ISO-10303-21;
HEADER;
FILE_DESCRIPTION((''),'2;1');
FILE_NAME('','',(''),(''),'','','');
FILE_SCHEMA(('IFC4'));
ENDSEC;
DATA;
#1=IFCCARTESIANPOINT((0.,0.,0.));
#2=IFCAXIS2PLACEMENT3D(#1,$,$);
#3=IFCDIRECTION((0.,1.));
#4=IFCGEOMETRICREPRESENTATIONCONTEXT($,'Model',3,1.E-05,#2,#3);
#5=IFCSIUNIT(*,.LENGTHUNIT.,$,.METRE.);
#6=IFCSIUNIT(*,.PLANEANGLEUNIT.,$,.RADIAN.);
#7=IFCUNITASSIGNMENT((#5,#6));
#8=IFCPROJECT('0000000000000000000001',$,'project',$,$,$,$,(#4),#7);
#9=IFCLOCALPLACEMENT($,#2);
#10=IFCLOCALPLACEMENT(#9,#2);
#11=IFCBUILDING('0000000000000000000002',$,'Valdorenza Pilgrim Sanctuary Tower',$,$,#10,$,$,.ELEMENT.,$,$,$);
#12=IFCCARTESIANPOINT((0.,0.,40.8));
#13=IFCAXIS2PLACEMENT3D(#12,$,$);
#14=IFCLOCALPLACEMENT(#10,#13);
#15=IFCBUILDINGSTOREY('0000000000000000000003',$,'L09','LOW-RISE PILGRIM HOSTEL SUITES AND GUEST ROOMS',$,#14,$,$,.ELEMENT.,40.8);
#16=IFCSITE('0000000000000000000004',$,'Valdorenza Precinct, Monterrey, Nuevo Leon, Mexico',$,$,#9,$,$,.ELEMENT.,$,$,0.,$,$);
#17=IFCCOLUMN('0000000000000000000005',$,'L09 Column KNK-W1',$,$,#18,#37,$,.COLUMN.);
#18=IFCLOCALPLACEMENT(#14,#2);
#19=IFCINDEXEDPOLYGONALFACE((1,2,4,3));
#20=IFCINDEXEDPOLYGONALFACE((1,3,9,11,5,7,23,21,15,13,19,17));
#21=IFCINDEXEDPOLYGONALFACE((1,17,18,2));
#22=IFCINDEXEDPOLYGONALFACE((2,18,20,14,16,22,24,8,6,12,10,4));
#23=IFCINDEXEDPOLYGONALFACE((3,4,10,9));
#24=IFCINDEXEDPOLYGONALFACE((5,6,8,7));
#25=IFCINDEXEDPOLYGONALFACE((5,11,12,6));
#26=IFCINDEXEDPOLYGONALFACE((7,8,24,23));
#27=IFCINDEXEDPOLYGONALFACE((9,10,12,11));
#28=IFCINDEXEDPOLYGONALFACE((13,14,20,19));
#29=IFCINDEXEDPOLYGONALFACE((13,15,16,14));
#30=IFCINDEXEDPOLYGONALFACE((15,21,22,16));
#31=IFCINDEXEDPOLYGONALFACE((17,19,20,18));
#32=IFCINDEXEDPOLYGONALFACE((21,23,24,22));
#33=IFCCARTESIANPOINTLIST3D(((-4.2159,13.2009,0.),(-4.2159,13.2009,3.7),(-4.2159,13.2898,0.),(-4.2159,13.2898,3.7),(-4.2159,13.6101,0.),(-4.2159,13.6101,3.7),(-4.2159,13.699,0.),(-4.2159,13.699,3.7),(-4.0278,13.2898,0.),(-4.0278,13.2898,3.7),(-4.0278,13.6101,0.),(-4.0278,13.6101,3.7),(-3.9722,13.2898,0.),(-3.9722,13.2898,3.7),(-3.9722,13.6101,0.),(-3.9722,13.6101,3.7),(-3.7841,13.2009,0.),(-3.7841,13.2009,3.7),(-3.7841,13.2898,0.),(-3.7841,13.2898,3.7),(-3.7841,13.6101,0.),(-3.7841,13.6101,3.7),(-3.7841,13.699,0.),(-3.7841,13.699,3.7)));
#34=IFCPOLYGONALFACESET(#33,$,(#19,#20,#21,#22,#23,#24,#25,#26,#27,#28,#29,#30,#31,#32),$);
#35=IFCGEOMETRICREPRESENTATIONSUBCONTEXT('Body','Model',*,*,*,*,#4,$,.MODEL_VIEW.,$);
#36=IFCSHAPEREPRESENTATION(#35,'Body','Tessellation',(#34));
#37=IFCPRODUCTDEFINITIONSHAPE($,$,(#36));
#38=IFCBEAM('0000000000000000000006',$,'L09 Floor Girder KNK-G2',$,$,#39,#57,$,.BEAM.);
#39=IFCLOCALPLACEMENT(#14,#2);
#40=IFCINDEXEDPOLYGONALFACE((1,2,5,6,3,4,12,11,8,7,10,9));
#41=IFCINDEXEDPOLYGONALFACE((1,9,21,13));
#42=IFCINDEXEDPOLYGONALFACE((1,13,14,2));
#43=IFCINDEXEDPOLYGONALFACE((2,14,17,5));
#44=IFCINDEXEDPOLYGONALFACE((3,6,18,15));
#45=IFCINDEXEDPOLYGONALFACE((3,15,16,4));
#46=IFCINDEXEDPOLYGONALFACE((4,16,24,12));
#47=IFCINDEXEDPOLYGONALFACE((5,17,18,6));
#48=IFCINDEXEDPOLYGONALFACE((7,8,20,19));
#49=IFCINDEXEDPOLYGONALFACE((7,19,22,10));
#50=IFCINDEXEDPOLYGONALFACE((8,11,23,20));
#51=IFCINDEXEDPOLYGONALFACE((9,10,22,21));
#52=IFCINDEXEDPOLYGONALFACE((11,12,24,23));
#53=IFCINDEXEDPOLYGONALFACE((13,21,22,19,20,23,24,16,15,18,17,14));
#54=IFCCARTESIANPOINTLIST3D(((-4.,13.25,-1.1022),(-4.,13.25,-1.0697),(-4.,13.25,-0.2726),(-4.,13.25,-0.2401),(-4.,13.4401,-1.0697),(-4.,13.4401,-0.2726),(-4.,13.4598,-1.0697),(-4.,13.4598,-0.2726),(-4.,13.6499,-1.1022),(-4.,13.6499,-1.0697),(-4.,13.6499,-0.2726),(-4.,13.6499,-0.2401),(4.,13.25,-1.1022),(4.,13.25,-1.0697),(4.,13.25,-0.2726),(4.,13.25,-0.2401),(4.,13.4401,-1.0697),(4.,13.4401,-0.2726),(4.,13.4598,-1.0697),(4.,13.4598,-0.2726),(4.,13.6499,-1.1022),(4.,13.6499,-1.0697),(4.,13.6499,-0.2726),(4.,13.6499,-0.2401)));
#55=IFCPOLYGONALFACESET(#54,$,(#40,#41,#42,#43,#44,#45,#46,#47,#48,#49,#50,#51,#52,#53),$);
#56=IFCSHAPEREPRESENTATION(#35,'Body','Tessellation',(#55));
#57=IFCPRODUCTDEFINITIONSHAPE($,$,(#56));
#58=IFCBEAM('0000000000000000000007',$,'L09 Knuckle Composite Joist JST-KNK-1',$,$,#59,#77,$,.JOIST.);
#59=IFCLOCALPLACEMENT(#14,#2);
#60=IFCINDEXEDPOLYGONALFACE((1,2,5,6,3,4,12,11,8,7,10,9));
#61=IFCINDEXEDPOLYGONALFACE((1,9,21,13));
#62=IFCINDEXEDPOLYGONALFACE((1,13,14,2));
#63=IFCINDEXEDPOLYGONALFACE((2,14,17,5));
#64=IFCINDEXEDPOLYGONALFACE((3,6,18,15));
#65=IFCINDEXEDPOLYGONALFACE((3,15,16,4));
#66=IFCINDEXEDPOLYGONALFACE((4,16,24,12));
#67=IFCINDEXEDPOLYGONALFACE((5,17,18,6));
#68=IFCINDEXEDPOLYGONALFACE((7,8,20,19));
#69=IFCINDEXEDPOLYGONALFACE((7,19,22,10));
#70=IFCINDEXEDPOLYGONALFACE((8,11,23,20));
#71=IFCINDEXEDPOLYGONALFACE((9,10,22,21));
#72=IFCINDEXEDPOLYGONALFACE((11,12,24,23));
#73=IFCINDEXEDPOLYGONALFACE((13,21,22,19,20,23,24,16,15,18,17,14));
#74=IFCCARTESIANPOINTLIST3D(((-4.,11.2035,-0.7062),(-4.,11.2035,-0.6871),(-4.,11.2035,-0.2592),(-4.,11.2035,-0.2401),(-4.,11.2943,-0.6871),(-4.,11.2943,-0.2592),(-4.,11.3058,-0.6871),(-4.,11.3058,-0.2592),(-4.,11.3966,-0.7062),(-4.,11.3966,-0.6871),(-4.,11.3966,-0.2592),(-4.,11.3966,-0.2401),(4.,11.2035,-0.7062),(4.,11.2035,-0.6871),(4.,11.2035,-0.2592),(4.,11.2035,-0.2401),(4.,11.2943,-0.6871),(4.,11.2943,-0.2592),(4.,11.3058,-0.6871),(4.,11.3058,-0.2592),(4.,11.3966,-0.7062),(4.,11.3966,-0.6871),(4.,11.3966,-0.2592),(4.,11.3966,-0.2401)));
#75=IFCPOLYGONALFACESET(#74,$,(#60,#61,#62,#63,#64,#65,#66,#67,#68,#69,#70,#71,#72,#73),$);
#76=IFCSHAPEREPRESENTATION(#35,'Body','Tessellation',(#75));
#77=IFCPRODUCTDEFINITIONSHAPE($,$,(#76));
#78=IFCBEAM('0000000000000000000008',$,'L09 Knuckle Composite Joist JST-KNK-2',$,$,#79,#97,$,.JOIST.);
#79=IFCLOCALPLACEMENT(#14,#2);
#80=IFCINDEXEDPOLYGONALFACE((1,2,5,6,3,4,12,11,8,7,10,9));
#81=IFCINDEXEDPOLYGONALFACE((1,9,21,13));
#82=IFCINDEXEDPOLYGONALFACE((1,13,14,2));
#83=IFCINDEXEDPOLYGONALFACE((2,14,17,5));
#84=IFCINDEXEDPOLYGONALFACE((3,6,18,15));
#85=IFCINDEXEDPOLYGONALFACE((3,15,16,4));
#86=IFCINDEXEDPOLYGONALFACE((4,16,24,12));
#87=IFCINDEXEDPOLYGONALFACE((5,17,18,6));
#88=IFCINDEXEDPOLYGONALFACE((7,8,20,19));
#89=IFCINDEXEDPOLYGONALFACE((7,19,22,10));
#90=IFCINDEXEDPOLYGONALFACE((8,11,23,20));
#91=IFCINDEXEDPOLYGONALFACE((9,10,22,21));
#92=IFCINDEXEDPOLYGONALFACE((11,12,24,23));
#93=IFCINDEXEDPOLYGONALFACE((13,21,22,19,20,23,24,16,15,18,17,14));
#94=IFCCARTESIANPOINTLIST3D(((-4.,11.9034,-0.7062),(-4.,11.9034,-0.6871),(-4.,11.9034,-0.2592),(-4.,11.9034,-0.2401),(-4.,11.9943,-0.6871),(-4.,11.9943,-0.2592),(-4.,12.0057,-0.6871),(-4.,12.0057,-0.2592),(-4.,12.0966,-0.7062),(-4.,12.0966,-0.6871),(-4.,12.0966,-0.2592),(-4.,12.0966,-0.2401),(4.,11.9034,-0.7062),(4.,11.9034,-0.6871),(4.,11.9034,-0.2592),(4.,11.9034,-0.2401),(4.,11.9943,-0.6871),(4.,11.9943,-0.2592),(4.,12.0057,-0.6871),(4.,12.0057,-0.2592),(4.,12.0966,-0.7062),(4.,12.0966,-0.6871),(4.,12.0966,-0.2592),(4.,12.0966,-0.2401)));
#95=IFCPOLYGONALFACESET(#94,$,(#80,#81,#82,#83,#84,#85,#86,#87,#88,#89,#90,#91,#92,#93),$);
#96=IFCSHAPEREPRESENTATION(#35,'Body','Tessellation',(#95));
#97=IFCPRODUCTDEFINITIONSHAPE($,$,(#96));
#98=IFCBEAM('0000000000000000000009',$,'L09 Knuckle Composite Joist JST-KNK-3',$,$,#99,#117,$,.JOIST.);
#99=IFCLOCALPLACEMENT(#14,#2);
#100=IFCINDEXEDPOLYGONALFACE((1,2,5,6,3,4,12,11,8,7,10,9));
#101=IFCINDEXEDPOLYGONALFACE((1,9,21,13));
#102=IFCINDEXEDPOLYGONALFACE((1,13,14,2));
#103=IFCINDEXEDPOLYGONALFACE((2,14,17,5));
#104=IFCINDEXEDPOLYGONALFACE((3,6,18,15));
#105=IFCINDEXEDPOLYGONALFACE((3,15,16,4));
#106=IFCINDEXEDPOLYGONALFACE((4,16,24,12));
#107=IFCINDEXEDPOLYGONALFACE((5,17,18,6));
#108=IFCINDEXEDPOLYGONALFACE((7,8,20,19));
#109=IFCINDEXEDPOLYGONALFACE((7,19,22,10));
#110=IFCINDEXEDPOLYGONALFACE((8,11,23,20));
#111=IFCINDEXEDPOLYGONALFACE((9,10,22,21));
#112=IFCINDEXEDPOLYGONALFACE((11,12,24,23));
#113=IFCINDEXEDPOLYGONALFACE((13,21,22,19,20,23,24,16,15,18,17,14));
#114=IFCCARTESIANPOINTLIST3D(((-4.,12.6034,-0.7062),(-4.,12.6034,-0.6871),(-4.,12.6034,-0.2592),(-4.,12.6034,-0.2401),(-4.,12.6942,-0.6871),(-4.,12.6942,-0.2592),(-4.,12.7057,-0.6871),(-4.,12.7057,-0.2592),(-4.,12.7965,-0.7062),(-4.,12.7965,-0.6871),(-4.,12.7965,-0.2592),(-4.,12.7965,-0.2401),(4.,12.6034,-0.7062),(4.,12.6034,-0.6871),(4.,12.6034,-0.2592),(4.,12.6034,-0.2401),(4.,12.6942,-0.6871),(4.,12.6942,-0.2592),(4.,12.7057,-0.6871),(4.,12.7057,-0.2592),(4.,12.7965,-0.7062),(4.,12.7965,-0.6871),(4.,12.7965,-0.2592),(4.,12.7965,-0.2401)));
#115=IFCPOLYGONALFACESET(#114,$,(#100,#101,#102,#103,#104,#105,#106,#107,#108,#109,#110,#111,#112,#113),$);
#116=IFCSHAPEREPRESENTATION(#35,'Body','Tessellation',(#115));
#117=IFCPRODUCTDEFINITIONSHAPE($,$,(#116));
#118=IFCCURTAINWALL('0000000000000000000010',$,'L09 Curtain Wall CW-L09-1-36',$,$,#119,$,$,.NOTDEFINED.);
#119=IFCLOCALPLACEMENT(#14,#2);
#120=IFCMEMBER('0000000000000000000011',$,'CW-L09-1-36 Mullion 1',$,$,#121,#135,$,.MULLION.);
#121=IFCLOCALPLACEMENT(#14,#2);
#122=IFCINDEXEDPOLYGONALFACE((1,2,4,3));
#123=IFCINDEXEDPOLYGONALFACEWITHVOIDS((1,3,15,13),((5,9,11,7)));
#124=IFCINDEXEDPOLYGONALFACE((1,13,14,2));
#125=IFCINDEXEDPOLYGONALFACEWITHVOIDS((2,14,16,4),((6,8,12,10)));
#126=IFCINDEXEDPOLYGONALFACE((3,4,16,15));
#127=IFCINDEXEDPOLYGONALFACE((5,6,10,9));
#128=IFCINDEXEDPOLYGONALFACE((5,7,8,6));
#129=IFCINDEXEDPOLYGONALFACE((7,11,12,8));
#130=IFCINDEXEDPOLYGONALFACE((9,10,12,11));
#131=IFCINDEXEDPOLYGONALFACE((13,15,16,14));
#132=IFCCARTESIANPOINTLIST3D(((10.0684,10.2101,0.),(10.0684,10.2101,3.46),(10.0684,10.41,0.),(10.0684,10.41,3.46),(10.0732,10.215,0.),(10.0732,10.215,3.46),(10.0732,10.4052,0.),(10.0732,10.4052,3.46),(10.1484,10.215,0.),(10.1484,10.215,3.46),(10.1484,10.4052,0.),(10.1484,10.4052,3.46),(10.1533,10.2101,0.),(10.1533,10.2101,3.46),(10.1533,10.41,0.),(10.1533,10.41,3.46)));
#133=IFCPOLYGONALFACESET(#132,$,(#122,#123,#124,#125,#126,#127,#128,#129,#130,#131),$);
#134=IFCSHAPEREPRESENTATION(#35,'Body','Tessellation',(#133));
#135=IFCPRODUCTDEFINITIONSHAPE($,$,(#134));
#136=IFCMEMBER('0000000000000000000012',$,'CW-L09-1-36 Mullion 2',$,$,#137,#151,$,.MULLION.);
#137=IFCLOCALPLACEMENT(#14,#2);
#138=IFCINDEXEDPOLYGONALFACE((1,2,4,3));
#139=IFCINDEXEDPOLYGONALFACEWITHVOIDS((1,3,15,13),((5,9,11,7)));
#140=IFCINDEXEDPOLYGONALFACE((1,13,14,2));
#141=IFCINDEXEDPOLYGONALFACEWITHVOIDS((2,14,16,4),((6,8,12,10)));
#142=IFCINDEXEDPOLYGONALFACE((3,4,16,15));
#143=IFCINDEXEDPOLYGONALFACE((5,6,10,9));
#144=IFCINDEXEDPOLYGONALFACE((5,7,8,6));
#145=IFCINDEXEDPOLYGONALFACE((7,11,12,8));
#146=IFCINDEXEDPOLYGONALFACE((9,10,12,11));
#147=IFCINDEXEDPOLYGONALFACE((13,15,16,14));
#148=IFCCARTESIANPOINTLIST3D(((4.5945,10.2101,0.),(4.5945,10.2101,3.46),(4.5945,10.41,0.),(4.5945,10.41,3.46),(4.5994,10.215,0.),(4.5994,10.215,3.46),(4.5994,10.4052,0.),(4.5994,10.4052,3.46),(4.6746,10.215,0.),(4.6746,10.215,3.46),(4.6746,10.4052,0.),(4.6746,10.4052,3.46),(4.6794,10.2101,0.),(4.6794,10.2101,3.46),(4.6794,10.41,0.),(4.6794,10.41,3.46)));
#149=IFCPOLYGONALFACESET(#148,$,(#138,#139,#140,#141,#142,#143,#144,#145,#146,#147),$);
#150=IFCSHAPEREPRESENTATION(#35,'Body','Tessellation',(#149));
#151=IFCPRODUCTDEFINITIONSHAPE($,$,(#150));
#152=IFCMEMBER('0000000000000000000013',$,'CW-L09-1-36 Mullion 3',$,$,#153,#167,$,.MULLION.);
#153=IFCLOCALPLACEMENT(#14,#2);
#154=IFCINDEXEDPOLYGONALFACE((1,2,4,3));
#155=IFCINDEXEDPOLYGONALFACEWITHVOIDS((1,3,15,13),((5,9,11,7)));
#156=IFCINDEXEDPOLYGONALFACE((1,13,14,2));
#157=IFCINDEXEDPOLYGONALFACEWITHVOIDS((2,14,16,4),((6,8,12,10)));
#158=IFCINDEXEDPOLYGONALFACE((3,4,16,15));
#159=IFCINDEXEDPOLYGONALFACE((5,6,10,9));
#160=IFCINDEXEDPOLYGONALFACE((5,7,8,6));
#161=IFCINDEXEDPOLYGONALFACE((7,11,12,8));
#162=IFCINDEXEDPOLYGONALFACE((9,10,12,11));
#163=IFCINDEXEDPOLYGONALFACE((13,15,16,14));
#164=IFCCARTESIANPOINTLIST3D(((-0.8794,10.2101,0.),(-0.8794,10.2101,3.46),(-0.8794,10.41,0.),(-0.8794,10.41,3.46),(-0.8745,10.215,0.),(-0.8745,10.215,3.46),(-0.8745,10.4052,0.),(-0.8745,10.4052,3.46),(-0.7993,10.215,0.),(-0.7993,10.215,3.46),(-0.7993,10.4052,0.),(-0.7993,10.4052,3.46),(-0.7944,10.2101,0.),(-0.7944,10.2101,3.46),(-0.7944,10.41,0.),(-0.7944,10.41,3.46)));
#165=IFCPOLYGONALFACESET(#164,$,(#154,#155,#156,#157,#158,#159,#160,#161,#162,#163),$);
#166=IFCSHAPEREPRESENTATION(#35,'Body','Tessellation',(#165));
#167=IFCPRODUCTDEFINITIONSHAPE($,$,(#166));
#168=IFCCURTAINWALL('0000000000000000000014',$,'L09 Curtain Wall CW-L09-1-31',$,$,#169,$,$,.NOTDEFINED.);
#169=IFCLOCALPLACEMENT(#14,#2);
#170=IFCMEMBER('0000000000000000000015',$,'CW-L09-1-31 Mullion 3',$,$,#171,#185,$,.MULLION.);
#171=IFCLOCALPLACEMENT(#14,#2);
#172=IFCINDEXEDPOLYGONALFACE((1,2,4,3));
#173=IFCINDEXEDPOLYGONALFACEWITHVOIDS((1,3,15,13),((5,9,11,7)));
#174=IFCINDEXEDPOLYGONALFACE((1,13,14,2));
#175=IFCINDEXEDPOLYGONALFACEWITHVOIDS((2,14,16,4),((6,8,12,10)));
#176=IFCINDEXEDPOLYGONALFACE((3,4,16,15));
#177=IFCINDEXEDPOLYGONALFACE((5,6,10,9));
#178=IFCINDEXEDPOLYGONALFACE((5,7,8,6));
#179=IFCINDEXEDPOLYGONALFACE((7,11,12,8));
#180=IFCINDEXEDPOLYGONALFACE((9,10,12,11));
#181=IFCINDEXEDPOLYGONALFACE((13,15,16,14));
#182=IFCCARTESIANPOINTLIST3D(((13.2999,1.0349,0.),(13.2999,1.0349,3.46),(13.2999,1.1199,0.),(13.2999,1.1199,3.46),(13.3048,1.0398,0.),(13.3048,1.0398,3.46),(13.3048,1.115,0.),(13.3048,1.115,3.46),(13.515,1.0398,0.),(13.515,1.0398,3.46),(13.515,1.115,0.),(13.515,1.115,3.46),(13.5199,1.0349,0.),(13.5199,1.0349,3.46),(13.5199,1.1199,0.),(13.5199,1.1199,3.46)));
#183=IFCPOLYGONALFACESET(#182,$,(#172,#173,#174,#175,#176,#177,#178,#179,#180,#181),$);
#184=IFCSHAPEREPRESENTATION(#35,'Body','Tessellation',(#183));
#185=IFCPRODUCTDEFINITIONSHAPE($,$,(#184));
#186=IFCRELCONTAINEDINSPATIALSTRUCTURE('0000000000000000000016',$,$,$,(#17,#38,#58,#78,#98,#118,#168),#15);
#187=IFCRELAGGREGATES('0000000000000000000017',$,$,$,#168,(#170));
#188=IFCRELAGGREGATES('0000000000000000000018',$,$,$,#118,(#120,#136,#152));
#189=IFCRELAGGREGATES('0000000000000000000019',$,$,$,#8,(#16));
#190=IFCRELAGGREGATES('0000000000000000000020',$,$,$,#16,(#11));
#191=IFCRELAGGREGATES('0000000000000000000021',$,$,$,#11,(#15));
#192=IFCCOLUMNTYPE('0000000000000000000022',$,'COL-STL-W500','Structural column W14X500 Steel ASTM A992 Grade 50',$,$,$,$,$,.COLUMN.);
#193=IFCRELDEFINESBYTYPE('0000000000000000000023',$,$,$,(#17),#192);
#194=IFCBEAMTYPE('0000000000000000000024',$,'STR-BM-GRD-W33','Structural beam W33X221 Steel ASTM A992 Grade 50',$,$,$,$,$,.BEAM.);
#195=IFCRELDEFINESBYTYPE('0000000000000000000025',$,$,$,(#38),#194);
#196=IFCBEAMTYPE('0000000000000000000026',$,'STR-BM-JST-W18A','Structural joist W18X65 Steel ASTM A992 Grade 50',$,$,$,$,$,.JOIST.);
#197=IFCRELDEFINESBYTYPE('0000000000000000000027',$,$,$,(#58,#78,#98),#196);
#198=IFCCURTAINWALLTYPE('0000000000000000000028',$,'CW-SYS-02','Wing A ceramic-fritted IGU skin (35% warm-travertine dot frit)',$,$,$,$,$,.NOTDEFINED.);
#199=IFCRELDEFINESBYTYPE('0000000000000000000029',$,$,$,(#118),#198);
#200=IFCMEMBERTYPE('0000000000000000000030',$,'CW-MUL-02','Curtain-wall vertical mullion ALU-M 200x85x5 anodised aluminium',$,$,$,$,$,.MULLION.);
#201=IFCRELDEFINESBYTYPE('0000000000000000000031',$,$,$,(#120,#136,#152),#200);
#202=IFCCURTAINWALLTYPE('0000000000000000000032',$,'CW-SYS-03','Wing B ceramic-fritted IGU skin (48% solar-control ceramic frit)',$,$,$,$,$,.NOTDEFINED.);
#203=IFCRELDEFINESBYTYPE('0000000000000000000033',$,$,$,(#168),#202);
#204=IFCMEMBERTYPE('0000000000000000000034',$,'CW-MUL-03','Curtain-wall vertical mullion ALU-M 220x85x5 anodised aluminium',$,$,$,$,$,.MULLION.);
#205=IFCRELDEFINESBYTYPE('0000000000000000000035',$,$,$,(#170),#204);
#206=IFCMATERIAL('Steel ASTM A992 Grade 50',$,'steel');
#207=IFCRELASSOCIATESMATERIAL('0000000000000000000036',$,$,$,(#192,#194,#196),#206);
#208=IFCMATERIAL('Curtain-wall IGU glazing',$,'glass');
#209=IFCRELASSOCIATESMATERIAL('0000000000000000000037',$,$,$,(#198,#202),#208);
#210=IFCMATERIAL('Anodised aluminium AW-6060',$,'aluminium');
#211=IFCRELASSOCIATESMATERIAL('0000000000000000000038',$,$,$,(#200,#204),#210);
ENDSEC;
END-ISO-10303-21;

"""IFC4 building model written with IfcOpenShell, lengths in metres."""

from ifc_helpers import new_model, si_unit, direction, frame, origin, origin_2d, place, context, subcontext, project, spatial, hollow_rectangle, i_section, extrude, source, transform, mapped, material, material_profile, profile_set, type_object, element, aggregate, save


model = new_model("IFC4")

# Units and contexts
model_context = context("Model", 3, precision=1e-05, world=origin(), true_north=direction((0.0, 1.0)))
body_context = subcontext(model_context, "Body", "Model", "MODEL_VIEW")
ifc_project = project(units=[si_unit("LENGTHUNIT", "METRE"), si_unit("PLANEANGLEUNIT", "RADIAN")], contexts=[model_context])

# Site, building, storey
site_placement = place(None, origin())
site = spatial("IfcSite", under=ifc_project, at=site_placement, Name="Valdorenza Precinct, Monterrey, Nuevo Leon, Mexico", CompositionType="ELEMENT", RefElevation=0.0)
building_placement = place(site_placement, origin())
building = spatial("IfcBuilding", under=site, at=building_placement, Name="Valdorenza Pilgrim Sanctuary Tower", CompositionType="ELEMENT")
storey_placement = place(building_placement, frame((0.0, 0.0, 40.8)))
storey = spatial("IfcBuildingStorey", under=building, at=storey_placement, Name="L09", Description="LOW-RISE PILGRIM HOSTEL SUITES AND GUEST ROOMS", CompositionType="ELEMENT", Elevation=40.8)

# Column
ifc_material_1 = material(Name="Steel ASTM A992 Grade 50", Category="steel")
ifc_material_profile_1 = material_profile(ifc_material_1, i_section(OverallWidth=0.4319, OverallDepth=0.498, WebThickness=0.0557, FlangeThickness=0.0889, at=origin_2d()), Name="W14X500")
ifc_profile_set_1 = profile_set([ifc_material_profile_1], Name="Steel ASTM A992 Grade 50")
column_type = type_object("IfcColumnType", Name="COL-STL-W500", Description="Structural column W14X500 Steel ASTM A992 Grade 50", PredefinedType="COLUMN", material=ifc_profile_set_1)
shared_shape_1 = source(origin(), body_context, "Body", "SweptSolid", [
    extrude(i_section(OverallWidth=0.4319, OverallDepth=0.498, WebThickness=0.0557, FlangeThickness=0.0889, at=origin_2d()), origin(), (0.0, 0.0, 1.0), 3.7),
])
column_placement = place(storey_placement, frame((-4.0, 13.45, 0.0), z_axis=(0.0, 0.0, 1.0), x_axis=(1.0, 0.0, 0.0)))
element("IfcColumn", 1, at=column_placement, inside=storey, type_object=column_type, Name="L09 Column KNK-W1", PredefinedType="COLUMN", context=body_context, shape_type="MappedRepresentation", body=[
    mapped(shared_shape_1, transform((0.0, 0.0, 0.0), x_axis=(1.0, 0.0, 0.0), y_axis=(0.0, 1.0, 0.0), z_axis=(0.0, 0.0, 1.0), scale=1.0)),
])

# Beams
ifc_material_profile_2 = material_profile(ifc_material_1, i_section(OverallWidth=0.3999, OverallDepth=0.8621, WebThickness=0.0198, FlangeThickness=0.0325, at=origin_2d()), Name="W33X221")
ifc_profile_set_2 = profile_set([ifc_material_profile_2], Name="Steel ASTM A992 Grade 50")
beam_type_1 = type_object("IfcBeamType", Name="STR-BM-GRD-W33", Description="Structural beam W33X221 Steel ASTM A992 Grade 50", PredefinedType="BEAM", material=ifc_profile_set_2)
shared_shape_2 = source(origin(), body_context, "Body", "SweptSolid", [
    extrude(i_section(OverallWidth=0.3999, OverallDepth=0.8621, WebThickness=0.0198, FlangeThickness=0.0325, at=origin_2d()), origin(), (0.0, 0.0, 1.0), 8.0),
])
beam_placement = place(storey_placement, frame((-4.0, 13.45, -0.6711), z_axis=(1.0, 0.0, 0.0), x_axis=(0.0, 1.0, 0.0)))
element("IfcBeam", 2, at=beam_placement, inside=storey, type_object=beam_type_1, Name="L09 Floor Girder KNK-G2", PredefinedType="BEAM", context=body_context, shape_type="MappedRepresentation", body=[
    mapped(shared_shape_2, transform((0.0, 0.0, 0.0), x_axis=(1.0, 0.0, 0.0), y_axis=(0.0, 1.0, 0.0), z_axis=(0.0, 0.0, 1.0), scale=1.0)),
])
ifc_material_profile_3 = material_profile(ifc_material_1, i_section(OverallWidth=0.1931, OverallDepth=0.4661, WebThickness=0.0115, FlangeThickness=0.019, at=origin_2d()), Name="W18X65")
ifc_profile_set_3 = profile_set([ifc_material_profile_3], Name="Steel ASTM A992 Grade 50")
beam_type_2 = type_object("IfcBeamType", Name="STR-BM-JST-W18A", Description="Structural joist W18X65 Steel ASTM A992 Grade 50", PredefinedType="JOIST", material=ifc_profile_set_3)
shared_shape_3 = source(origin(), body_context, "Body", "SweptSolid", [
    extrude(i_section(OverallWidth=0.1931, OverallDepth=0.4661, WebThickness=0.0115, FlangeThickness=0.019, at=origin_2d()), origin(), (0.0, 0.0, 1.0), 8.0),
])
for number, where, z_axis, x_axis, name in (
    (3, (-4.0, 11.3, -0.4731), (1.0, 0.0, 0.0), (0.0, 1.0, 0.0), "L09 Knuckle Composite Joist JST-KNK-1"),
    (4, (-4.0, 12.0, -0.4731), (1.0, 0.0, 0.0), (0.0, 1.0, 0.0), "L09 Knuckle Composite Joist JST-KNK-2"),
    (5, (-4.0, 12.7, -0.4731), (1.0, 0.0, 0.0), (0.0, 1.0, 0.0), "L09 Knuckle Composite Joist JST-KNK-3"),
):
    element("IfcBeam", number, at=place(storey_placement, frame(where, z_axis=z_axis, x_axis=x_axis)), inside=storey, type_object=beam_type_2, Name=name, PredefinedType="JOIST", context=body_context, shape_type="MappedRepresentation", body=[
        mapped(shared_shape_3, transform((0.0, 0.0, 0.0), x_axis=(1.0, 0.0, 0.0), y_axis=(0.0, 1.0, 0.0), z_axis=(0.0, 0.0, 1.0), scale=1.0)),
    ])

# Curtain walls, members
ifc_material_2 = material(Name="Curtain-wall IGU glazing", Category="glass")
curtain_wall_type_1 = type_object("IfcCurtainWallType", Name="CW-SYS-02", Description="Wing A ceramic-fritted IGU skin (35% warm-travertine dot frit)", PredefinedType="NOTDEFINED", material=ifc_material_2)
curtain_wall_1_placement = place(storey_placement, origin())
curtain_wall_1 = element("IfcCurtainWall", 6, at=curtain_wall_1_placement, inside=storey, type_object=curtain_wall_type_1, Name="L09 Curtain Wall CW-L09-1-36", PredefinedType="NOTDEFINED")
ifc_material_3 = material(Name="Anodised aluminium AW-6060", Category="aluminium")
ifc_material_profile_4 = material_profile(ifc_material_3, hollow_rectangle(XDim=0.085, YDim=0.2, WallThickness=0.0049, at=origin_2d()), Name="ALU-M 200x85x5")
ifc_profile_set_4 = profile_set([ifc_material_profile_4], Name="Anodised aluminium AW-6060")
member_type_1 = type_object("IfcMemberType", Name="CW-MUL-02", Description="Curtain-wall vertical mullion ALU-M 200x85x5 anodised aluminium", PredefinedType="MULLION", material=ifc_profile_set_4)
shared_shape_4 = source(origin(), body_context, "Body", "SweptSolid", [
    extrude(hollow_rectangle(XDim=0.085, YDim=0.2, WallThickness=0.0049, at=origin_2d()), origin(), (0.0, 0.0, 1.0), 3.46),
])
member_1_placement = place(storey_placement, frame((10.1108, 10.3101, 0.0), z_axis=(0.0, 0.0, 1.0), x_axis=(-1.0, 0.0, 0.0)))
member_1 = element("IfcMember", 7, at=member_1_placement, type_object=member_type_1, Name="CW-L09-1-36 Mullion 1", PredefinedType="MULLION", context=body_context, shape_type="MappedRepresentation", body=[
    mapped(shared_shape_4, transform((0.0, 0.0, 0.0), x_axis=(1.0, 0.0, 0.0), y_axis=(0.0, 1.0, 0.0), z_axis=(0.0, 0.0, 1.0), scale=1.0)),
])
member_2_placement = place(storey_placement, frame((4.637, 10.3101, 0.0), z_axis=(0.0, 0.0, 1.0), x_axis=(-1.0, 0.0, 0.0)))
member_2 = element("IfcMember", 8, at=member_2_placement, type_object=member_type_1, Name="CW-L09-1-36 Mullion 2", PredefinedType="MULLION", context=body_context, shape_type="MappedRepresentation", body=[
    mapped(shared_shape_4, transform((0.0, 0.0, 0.0), x_axis=(1.0, 0.0, 0.0), y_axis=(0.0, 1.0, 0.0), z_axis=(0.0, 0.0, 1.0), scale=1.0)),
])
member_3_placement = place(storey_placement, frame((-0.8369, 10.3101, 0.0), z_axis=(0.0, 0.0, 1.0), x_axis=(-1.0, 0.0, 0.0)))
member_3 = element("IfcMember", 9, at=member_3_placement, type_object=member_type_1, Name="CW-L09-1-36 Mullion 3", PredefinedType="MULLION", context=body_context, shape_type="MappedRepresentation", body=[
    mapped(shared_shape_4, transform((0.0, 0.0, 0.0), x_axis=(1.0, 0.0, 0.0), y_axis=(0.0, 1.0, 0.0), z_axis=(0.0, 0.0, 1.0), scale=1.0)),
])
curtain_wall_type_2 = type_object("IfcCurtainWallType", Name="CW-SYS-03", Description="Wing B ceramic-fritted IGU skin (48% solar-control ceramic frit)", PredefinedType="NOTDEFINED", material=ifc_material_2)
curtain_wall_2_placement = place(storey_placement, origin())
curtain_wall_2 = element("IfcCurtainWall", 10, at=curtain_wall_2_placement, inside=storey, type_object=curtain_wall_type_2, Name="L09 Curtain Wall CW-L09-1-31", PredefinedType="NOTDEFINED")
ifc_material_profile_5 = material_profile(ifc_material_3, hollow_rectangle(XDim=0.085, YDim=0.22, WallThickness=0.0049, at=origin_2d()), Name="ALU-M 220x85x5")
ifc_profile_set_5 = profile_set([ifc_material_profile_5], Name="Anodised aluminium AW-6060")
member_type_2 = type_object("IfcMemberType", Name="CW-MUL-03", Description="Curtain-wall vertical mullion ALU-M 220x85x5 anodised aluminium", PredefinedType="MULLION", material=ifc_profile_set_5)
shared_shape_5 = source(origin(), body_context, "Body", "SweptSolid", [
    extrude(hollow_rectangle(XDim=0.085, YDim=0.22, WallThickness=0.0049, at=origin_2d()), origin(), (0.0, 0.0, 1.0), 3.46),
])
member_4_placement = place(storey_placement, frame((13.4099, 1.0774, 0.0), z_axis=(0.0, 0.0, 1.0), x_axis=(0.0, 1.0, 0.0)))
member_4 = element("IfcMember", 11, at=member_4_placement, type_object=member_type_2, Name="CW-L09-1-31 Mullion 3", PredefinedType="MULLION", context=body_context, shape_type="MappedRepresentation", body=[
    mapped(shared_shape_5, transform((0.0, 0.0, 0.0), x_axis=(1.0, 0.0, 0.0), y_axis=(0.0, 1.0, 0.0), z_axis=(0.0, 0.0, 1.0), scale=1.0)),
])

aggregate(curtain_wall_2, [member_4])
aggregate(curtain_wall_1, [member_1, member_2, member_3])

save(model, "model.ifc")
